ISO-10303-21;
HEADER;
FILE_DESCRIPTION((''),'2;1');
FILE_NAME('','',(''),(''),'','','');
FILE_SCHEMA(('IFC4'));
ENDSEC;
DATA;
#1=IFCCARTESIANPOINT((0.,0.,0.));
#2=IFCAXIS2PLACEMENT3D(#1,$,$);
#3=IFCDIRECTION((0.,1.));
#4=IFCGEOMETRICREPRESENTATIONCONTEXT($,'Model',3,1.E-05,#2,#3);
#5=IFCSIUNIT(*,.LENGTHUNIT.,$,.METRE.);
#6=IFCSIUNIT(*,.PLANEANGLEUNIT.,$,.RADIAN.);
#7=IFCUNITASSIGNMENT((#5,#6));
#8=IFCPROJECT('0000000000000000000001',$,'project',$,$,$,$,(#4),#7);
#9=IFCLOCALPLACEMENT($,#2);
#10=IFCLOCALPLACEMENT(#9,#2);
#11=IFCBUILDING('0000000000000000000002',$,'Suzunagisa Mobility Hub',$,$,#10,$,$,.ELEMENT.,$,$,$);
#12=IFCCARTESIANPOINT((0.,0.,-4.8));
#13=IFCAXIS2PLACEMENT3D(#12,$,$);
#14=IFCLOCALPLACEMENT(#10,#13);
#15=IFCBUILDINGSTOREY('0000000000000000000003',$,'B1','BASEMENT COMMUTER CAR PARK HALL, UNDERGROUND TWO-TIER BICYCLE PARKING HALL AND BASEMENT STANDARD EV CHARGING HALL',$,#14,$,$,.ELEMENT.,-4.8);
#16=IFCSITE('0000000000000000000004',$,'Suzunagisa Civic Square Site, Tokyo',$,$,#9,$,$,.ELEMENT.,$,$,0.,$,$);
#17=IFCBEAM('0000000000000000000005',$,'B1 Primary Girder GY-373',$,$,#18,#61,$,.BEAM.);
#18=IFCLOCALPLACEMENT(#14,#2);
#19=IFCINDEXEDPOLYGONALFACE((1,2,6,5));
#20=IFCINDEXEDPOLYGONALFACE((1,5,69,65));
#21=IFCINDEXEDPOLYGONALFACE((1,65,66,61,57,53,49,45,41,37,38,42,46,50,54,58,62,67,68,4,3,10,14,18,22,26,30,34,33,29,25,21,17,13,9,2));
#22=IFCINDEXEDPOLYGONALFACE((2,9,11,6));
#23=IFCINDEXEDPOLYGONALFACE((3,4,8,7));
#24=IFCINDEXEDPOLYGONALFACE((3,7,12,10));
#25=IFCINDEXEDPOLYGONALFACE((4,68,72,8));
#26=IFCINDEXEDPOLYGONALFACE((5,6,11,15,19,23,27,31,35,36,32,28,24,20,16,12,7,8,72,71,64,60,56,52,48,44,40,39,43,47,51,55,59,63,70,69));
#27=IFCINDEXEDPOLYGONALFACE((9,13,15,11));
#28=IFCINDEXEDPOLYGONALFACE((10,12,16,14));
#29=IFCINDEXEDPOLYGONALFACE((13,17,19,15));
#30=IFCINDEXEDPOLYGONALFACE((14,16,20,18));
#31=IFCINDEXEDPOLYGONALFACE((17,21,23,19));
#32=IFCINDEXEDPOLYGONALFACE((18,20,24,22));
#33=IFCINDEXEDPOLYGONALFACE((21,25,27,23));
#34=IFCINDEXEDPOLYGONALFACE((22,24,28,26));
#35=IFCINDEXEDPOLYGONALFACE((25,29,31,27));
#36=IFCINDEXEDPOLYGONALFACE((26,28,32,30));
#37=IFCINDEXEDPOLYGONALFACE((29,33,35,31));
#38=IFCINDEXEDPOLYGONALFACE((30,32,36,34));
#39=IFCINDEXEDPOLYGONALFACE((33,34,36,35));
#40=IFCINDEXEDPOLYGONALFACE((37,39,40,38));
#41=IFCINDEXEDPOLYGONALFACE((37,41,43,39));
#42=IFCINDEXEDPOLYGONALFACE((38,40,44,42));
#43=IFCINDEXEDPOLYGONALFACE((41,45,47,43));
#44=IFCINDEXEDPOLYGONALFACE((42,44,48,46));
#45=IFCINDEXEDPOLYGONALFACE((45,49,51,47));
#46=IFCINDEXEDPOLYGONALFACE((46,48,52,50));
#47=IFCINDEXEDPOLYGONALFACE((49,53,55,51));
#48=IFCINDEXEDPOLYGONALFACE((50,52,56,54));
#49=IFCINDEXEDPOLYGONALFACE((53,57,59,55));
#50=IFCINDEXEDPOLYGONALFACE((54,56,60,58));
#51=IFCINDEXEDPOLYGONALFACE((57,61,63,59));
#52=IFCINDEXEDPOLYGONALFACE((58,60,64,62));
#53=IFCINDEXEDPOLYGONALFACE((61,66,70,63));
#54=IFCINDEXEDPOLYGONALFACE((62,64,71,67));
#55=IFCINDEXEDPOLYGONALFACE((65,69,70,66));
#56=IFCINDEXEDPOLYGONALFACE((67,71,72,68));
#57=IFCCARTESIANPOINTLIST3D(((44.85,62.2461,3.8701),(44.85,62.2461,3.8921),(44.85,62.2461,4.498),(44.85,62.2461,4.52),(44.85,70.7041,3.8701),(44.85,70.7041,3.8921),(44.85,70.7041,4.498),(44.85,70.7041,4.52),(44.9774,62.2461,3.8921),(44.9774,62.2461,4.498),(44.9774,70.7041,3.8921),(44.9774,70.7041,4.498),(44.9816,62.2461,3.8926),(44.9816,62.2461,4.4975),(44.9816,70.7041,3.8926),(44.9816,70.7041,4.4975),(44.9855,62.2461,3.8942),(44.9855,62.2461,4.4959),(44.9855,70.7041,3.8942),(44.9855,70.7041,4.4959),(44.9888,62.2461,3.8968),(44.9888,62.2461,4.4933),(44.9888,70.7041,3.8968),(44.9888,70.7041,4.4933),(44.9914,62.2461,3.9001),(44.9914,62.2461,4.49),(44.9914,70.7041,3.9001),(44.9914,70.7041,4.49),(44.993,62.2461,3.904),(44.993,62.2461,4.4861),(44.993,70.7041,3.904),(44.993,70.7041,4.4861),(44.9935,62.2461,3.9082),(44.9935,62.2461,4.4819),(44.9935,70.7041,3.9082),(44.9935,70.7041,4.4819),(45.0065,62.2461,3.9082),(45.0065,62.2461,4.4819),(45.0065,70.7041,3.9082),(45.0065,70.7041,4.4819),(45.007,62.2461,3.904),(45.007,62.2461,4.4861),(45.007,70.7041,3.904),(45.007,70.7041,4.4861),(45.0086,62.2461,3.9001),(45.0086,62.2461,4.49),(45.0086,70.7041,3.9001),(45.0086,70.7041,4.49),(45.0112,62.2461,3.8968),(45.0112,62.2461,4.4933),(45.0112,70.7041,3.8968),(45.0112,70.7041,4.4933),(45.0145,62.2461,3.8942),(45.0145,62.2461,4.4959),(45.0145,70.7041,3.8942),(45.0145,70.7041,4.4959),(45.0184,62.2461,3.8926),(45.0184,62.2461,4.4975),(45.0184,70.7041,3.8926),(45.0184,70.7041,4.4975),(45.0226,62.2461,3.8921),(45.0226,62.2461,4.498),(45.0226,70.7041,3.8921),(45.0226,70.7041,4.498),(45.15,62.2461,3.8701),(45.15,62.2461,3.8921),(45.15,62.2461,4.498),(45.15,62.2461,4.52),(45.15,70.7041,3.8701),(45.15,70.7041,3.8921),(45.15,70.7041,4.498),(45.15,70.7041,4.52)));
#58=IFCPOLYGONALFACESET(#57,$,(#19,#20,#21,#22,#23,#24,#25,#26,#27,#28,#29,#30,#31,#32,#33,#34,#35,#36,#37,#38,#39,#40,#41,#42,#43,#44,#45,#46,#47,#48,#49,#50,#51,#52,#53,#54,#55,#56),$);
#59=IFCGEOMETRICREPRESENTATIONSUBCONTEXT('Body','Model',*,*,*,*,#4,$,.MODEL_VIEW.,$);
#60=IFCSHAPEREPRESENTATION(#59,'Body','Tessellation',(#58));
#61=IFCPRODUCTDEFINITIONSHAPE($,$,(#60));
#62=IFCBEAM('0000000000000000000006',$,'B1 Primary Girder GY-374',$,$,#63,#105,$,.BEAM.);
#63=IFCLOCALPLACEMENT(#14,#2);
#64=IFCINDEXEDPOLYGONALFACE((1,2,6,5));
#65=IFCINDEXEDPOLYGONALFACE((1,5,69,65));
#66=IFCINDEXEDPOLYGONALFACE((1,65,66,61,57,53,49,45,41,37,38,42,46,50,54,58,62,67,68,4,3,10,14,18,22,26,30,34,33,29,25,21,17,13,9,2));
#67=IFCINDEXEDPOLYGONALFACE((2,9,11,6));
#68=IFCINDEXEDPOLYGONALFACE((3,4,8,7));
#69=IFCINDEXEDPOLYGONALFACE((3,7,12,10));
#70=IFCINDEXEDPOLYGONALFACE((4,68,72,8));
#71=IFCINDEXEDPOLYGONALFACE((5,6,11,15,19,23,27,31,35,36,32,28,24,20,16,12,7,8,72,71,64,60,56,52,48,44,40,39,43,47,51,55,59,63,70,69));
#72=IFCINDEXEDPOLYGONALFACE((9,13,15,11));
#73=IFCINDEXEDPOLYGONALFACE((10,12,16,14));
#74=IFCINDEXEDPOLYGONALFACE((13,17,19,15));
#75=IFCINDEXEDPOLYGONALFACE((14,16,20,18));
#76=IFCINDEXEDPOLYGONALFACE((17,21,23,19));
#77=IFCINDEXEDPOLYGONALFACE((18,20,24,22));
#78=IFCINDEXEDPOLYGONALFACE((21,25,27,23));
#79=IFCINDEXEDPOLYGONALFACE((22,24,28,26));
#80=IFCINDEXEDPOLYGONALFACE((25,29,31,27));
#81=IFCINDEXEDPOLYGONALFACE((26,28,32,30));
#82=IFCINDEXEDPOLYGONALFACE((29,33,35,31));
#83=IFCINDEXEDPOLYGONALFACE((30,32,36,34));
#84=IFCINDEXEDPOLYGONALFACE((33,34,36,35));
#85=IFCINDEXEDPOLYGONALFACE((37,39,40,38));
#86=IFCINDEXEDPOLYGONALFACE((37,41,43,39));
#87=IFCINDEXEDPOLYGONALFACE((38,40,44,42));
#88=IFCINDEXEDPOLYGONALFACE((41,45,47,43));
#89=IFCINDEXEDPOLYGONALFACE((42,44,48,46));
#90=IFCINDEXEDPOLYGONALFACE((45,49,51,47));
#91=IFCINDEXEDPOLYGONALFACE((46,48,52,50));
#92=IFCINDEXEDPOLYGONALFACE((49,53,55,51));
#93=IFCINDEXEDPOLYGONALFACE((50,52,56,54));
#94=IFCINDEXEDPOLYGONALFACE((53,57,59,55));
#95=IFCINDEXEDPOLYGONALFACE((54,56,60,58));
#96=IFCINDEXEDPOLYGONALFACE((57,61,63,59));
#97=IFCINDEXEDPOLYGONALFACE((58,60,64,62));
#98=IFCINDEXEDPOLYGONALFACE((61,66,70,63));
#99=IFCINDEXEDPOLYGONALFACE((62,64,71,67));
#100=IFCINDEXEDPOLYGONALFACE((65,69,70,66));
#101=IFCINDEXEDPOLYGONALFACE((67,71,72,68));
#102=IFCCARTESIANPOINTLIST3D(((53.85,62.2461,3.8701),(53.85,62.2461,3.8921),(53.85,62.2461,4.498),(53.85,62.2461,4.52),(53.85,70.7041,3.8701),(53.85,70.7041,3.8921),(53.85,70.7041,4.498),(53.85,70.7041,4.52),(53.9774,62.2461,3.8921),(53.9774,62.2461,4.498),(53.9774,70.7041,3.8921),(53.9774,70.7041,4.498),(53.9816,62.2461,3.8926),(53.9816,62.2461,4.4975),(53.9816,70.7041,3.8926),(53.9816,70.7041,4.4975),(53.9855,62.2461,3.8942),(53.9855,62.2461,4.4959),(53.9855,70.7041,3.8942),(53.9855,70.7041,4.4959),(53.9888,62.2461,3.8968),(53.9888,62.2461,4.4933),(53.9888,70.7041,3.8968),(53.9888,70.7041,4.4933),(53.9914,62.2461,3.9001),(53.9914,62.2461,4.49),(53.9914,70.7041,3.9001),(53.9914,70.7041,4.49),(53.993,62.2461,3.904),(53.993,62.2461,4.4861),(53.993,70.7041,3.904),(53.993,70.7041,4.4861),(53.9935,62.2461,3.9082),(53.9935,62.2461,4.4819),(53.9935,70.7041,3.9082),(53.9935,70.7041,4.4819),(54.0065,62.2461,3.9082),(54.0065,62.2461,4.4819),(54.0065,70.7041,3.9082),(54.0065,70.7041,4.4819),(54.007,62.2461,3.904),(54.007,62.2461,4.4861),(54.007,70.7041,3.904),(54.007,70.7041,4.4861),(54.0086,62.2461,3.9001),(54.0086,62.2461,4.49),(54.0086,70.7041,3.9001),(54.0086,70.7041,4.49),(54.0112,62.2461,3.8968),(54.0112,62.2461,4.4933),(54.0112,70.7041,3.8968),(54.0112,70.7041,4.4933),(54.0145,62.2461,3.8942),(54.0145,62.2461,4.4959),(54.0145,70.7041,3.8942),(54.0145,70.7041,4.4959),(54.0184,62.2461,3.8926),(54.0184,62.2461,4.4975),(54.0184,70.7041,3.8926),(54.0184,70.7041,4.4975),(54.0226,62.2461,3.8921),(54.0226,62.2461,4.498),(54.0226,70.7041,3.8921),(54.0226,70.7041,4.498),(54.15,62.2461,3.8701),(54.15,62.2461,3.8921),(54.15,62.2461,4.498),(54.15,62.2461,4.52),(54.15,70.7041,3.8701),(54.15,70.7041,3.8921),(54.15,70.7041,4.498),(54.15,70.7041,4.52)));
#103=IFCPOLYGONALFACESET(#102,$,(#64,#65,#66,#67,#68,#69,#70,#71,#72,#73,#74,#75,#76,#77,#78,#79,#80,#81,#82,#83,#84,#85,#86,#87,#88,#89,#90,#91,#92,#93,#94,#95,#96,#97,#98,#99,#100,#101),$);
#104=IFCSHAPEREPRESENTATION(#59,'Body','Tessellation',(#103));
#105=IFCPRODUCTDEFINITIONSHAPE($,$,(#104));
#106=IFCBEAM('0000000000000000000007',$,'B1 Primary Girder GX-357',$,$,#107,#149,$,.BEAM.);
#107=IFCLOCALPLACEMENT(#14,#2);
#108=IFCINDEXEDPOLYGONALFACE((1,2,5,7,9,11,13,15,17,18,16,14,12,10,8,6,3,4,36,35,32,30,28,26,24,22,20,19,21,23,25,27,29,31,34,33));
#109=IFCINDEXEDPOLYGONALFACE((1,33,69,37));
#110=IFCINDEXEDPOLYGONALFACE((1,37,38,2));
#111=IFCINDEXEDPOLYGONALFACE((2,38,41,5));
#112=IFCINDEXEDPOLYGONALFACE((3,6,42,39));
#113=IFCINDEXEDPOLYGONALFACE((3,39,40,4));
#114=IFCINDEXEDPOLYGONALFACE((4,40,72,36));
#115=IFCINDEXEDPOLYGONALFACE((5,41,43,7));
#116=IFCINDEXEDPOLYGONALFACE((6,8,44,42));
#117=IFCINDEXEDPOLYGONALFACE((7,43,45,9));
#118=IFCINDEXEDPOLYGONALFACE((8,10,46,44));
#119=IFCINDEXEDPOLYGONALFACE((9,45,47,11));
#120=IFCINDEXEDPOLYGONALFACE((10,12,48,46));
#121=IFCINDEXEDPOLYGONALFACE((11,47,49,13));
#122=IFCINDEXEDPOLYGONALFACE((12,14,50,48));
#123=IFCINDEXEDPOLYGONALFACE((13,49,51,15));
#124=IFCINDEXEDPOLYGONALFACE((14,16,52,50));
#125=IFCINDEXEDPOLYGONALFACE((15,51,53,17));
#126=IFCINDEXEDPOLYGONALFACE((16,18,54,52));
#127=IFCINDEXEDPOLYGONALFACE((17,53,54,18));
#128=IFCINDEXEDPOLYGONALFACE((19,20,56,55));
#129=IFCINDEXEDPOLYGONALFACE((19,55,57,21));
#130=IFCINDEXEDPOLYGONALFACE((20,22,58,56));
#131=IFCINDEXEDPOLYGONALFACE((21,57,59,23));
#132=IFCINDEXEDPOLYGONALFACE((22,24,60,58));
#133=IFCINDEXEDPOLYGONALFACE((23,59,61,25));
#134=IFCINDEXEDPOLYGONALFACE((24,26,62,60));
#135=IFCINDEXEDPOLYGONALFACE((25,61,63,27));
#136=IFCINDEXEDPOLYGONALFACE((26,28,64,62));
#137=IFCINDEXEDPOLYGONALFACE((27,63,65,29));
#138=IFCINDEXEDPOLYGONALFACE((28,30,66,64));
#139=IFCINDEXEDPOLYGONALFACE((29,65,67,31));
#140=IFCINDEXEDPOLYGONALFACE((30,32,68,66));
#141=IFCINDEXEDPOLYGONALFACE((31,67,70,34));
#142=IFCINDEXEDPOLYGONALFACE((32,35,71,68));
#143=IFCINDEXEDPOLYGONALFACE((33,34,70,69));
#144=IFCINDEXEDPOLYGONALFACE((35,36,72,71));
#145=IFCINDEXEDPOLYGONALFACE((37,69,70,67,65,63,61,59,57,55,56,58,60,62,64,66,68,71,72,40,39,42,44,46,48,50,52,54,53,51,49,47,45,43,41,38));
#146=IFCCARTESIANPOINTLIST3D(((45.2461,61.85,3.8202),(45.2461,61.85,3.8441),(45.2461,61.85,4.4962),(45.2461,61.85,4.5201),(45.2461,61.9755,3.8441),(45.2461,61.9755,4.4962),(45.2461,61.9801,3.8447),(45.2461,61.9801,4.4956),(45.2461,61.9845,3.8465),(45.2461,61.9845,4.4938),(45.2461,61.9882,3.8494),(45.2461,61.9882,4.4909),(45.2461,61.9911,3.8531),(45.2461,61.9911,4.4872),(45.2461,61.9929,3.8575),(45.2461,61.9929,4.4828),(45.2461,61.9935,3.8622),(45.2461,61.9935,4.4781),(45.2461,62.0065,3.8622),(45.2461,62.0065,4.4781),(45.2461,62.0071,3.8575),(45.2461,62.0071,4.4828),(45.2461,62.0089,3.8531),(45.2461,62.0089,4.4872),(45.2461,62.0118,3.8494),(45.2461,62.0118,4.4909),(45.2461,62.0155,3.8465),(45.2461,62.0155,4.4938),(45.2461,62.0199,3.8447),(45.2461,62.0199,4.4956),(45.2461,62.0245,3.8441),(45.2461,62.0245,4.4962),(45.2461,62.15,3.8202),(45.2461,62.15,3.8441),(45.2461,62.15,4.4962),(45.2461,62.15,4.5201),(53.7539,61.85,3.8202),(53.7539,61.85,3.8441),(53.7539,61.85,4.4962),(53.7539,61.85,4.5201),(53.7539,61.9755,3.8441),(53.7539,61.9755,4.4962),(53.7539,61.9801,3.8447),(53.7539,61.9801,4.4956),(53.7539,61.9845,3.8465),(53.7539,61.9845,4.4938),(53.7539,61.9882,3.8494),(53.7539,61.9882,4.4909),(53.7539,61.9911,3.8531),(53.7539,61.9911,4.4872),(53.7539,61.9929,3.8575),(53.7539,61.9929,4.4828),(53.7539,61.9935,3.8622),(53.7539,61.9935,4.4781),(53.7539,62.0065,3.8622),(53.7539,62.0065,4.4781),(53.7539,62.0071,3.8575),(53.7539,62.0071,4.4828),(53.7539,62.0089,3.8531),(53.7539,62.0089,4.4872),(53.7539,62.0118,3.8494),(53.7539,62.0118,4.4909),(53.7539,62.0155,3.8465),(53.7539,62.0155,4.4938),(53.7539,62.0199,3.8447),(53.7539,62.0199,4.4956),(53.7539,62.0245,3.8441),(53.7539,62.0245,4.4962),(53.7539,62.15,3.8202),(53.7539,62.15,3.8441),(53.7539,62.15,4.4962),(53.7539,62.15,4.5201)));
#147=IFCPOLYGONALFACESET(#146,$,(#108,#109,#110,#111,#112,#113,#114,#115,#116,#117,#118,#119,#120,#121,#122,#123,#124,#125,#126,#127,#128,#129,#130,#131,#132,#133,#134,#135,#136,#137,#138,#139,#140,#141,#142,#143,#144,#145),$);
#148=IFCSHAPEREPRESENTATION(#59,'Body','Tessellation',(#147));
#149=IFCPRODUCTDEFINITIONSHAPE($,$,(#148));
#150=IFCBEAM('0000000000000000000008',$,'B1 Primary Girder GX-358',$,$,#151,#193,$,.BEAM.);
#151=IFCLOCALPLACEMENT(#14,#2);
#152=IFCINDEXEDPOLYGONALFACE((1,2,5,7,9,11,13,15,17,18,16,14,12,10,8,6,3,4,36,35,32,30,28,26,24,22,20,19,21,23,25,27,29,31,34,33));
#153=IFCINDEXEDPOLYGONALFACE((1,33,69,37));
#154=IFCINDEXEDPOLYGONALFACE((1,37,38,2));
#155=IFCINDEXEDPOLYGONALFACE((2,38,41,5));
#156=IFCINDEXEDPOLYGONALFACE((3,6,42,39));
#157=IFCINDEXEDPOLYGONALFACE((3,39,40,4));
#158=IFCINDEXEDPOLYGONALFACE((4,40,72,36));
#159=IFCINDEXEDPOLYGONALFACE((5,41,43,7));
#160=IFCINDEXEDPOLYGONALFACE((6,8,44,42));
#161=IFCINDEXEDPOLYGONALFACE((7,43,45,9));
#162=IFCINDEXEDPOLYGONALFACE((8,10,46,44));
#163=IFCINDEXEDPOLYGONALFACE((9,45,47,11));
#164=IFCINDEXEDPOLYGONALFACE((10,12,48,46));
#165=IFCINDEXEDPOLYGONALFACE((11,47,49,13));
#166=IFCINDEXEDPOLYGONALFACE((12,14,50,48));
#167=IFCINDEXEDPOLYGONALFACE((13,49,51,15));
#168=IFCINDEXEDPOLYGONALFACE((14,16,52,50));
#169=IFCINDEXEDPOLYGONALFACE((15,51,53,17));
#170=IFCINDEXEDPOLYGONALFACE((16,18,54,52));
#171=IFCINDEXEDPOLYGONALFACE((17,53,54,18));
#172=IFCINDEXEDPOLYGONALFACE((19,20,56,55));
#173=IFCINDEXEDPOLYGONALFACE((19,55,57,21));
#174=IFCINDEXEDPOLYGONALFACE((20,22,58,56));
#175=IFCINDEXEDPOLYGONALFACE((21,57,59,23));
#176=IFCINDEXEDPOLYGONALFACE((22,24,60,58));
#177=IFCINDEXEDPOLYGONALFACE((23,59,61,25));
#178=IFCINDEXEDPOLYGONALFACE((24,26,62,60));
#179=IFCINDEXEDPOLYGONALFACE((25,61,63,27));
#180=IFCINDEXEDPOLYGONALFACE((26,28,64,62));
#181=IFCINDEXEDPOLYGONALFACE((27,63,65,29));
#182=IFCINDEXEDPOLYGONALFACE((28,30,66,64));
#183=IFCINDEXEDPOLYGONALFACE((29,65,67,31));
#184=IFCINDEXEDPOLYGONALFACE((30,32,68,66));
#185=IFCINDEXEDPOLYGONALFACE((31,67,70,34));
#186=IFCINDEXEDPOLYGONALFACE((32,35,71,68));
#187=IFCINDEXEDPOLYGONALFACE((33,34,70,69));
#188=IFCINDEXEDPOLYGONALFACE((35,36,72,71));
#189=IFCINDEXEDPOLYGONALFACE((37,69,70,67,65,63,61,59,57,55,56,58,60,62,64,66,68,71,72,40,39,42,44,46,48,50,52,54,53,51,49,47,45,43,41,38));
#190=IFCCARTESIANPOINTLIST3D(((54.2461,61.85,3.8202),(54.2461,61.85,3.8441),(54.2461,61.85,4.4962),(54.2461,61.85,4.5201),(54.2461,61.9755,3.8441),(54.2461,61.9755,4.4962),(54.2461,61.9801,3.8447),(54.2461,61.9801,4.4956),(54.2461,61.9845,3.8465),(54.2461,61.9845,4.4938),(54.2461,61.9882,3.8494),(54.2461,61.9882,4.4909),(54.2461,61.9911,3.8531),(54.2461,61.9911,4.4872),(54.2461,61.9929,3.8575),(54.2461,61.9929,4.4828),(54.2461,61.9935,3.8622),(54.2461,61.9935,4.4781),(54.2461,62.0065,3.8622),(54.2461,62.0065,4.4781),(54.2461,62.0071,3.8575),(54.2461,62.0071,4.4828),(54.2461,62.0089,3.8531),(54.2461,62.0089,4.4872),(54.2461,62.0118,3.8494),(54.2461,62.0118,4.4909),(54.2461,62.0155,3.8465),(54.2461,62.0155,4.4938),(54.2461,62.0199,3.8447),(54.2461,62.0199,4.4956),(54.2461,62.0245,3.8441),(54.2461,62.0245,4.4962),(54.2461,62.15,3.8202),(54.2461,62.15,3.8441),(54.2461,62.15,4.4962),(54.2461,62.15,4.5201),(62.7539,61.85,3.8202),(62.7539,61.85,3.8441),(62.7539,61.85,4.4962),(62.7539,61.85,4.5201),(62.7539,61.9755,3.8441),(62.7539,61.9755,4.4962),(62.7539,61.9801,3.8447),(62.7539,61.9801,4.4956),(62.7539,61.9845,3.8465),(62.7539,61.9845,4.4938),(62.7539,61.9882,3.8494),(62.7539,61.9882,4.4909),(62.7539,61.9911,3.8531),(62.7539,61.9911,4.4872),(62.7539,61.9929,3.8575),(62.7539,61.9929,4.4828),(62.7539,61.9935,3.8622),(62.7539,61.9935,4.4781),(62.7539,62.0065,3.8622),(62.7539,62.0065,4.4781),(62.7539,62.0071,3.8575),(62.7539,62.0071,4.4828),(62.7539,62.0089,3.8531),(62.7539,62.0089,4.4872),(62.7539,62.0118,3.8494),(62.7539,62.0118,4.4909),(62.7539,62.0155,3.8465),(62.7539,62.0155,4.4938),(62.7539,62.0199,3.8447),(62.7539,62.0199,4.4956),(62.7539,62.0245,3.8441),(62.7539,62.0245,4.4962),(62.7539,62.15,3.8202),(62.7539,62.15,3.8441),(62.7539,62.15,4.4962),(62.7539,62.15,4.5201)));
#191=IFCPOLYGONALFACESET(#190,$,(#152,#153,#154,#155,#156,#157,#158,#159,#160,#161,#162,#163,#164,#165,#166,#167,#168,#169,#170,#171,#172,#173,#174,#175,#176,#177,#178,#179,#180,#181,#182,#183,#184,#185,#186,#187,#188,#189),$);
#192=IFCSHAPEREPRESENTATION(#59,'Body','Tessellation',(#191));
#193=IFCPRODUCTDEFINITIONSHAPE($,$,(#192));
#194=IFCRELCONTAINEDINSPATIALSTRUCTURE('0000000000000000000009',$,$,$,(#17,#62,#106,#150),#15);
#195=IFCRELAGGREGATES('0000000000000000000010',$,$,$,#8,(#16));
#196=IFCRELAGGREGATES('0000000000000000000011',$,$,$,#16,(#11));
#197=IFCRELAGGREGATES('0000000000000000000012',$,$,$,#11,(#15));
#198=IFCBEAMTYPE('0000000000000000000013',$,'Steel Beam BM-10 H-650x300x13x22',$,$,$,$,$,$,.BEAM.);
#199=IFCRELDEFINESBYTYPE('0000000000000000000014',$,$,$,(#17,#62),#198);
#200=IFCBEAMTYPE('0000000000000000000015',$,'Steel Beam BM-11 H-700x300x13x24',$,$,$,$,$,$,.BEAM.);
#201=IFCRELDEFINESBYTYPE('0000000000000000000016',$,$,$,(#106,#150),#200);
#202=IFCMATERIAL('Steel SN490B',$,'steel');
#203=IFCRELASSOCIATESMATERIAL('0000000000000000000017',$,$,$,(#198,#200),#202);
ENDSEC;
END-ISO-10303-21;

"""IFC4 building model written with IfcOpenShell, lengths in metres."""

from ifc_helpers import new_model, si_unit, direction, frame, origin, origin_2d, place, context, subcontext, project, spatial, i_section, extrude, material, material_profile, profile_set, type_object, element, save


model = new_model("IFC4")

# Units and contexts
model_context = context("Model", 3, precision=1e-05, world=origin(), true_north=direction((0.0, 1.0)))
body_context = subcontext(model_context, "Body", "Model", "MODEL_VIEW")
ifc_project = project(units=[si_unit("LENGTHUNIT", "METRE"), si_unit("PLANEANGLEUNIT", "RADIAN")], contexts=[model_context])

# Site, building, storey
site_placement = place(None, origin())
site = spatial("IfcSite", under=ifc_project, at=site_placement, Name="Suzunagisa Civic Square Site, Tokyo", CompositionType="ELEMENT", RefElevation=0.0)
building_placement = place(site_placement, origin())
building = spatial("IfcBuilding", under=site, at=building_placement, Name="Suzunagisa Mobility Hub", CompositionType="ELEMENT")
storey_placement = place(building_placement, frame((0.0, 0.0, -4.8)))
storey = spatial("IfcBuildingStorey", under=building, at=storey_placement, Name="B1", Description="BASEMENT COMMUTER CAR PARK HALL, UNDERGROUND TWO-TIER BICYCLE PARKING HALL AND BASEMENT STANDARD EV CHARGING HALL", CompositionType="ELEMENT", Elevation=-4.8)

# Shared definitions
ifc_material_1 = material(Name="Steel SN490B", Category="steel")

# Beams
ifc_material_profile_1 = material_profile(ifc_material_1, i_section(OverallWidth=0.3, OverallDepth=0.6499, WebThickness=0.0129, FlangeThickness=0.022, FilletRadius=0.0161, at=origin_2d()), Name="H-650x300x13x22")
ifc_profile_set_1 = profile_set([ifc_material_profile_1], Name="Steel SN490B")
beam_type_1 = type_object("IfcBeamType", Name="Steel Beam BM-10 H-650x300x13x22", PredefinedType="BEAM", material=ifc_profile_set_1)
for number, where, z_axis, x_axis, name in (
    (1, (45.0, 62.2461, 4.1951), (0.0, 1.0, 0.0), (-1.0, 0.0, 0.0), "B1 Primary Girder GY-373"),
    (2, (54.0, 62.2461, 4.1951), (0.0, 1.0, 0.0), (-1.0, 0.0, 0.0), "B1 Primary Girder GY-374"),
):
    element("IfcBeam", number, at=place(storey_placement, frame(where, z_axis=z_axis, x_axis=x_axis)), inside=storey, type_object=beam_type_1, Name=name, PredefinedType="BEAM", context=body_context, shape_type="SweptSolid", body=[
        extrude(i_section(OverallWidth=0.3, OverallDepth=0.6499, WebThickness=0.0129, FlangeThickness=0.022, FilletRadius=0.0161, at=origin_2d()), origin(), (0.0, 0.0, 1.0), 8.458),
    ])
ifc_material_profile_2 = material_profile(ifc_material_1, i_section(OverallWidth=0.3, OverallDepth=0.7, WebThickness=0.0129, FlangeThickness=0.0239, FilletRadius=0.0181, at=origin_2d()), Name="H-700x300x13x24")
ifc_profile_set_2 = profile_set([ifc_material_profile_2], Name="Steel SN490B")
beam_type_2 = type_object("IfcBeamType", Name="Steel Beam BM-11 H-700x300x13x24", PredefinedType="BEAM", material=ifc_profile_set_2)
for number, where, z_axis, x_axis, name in (
    (3, (45.2461, 62.0, 4.1702), (1.0, 0.0, 0.0), (0.0, 1.0, 0.0), "B1 Primary Girder GX-357"),
    (4, (54.2461, 62.0, 4.1702), (1.0, 0.0, 0.0), (0.0, 1.0, 0.0), "B1 Primary Girder GX-358"),
):
    element("IfcBeam", number, at=place(storey_placement, frame(where, z_axis=z_axis, x_axis=x_axis)), inside=storey, type_object=beam_type_2, Name=name, PredefinedType="BEAM", context=body_context, shape_type="SweptSolid", body=[
        extrude(i_section(OverallWidth=0.3, OverallDepth=0.7, WebThickness=0.0129, FlangeThickness=0.0239, FilletRadius=0.0181, at=origin_2d()), origin(), (0.0, 0.0, 1.0), 8.5078),
    ])

save(model, "model.ifc")
